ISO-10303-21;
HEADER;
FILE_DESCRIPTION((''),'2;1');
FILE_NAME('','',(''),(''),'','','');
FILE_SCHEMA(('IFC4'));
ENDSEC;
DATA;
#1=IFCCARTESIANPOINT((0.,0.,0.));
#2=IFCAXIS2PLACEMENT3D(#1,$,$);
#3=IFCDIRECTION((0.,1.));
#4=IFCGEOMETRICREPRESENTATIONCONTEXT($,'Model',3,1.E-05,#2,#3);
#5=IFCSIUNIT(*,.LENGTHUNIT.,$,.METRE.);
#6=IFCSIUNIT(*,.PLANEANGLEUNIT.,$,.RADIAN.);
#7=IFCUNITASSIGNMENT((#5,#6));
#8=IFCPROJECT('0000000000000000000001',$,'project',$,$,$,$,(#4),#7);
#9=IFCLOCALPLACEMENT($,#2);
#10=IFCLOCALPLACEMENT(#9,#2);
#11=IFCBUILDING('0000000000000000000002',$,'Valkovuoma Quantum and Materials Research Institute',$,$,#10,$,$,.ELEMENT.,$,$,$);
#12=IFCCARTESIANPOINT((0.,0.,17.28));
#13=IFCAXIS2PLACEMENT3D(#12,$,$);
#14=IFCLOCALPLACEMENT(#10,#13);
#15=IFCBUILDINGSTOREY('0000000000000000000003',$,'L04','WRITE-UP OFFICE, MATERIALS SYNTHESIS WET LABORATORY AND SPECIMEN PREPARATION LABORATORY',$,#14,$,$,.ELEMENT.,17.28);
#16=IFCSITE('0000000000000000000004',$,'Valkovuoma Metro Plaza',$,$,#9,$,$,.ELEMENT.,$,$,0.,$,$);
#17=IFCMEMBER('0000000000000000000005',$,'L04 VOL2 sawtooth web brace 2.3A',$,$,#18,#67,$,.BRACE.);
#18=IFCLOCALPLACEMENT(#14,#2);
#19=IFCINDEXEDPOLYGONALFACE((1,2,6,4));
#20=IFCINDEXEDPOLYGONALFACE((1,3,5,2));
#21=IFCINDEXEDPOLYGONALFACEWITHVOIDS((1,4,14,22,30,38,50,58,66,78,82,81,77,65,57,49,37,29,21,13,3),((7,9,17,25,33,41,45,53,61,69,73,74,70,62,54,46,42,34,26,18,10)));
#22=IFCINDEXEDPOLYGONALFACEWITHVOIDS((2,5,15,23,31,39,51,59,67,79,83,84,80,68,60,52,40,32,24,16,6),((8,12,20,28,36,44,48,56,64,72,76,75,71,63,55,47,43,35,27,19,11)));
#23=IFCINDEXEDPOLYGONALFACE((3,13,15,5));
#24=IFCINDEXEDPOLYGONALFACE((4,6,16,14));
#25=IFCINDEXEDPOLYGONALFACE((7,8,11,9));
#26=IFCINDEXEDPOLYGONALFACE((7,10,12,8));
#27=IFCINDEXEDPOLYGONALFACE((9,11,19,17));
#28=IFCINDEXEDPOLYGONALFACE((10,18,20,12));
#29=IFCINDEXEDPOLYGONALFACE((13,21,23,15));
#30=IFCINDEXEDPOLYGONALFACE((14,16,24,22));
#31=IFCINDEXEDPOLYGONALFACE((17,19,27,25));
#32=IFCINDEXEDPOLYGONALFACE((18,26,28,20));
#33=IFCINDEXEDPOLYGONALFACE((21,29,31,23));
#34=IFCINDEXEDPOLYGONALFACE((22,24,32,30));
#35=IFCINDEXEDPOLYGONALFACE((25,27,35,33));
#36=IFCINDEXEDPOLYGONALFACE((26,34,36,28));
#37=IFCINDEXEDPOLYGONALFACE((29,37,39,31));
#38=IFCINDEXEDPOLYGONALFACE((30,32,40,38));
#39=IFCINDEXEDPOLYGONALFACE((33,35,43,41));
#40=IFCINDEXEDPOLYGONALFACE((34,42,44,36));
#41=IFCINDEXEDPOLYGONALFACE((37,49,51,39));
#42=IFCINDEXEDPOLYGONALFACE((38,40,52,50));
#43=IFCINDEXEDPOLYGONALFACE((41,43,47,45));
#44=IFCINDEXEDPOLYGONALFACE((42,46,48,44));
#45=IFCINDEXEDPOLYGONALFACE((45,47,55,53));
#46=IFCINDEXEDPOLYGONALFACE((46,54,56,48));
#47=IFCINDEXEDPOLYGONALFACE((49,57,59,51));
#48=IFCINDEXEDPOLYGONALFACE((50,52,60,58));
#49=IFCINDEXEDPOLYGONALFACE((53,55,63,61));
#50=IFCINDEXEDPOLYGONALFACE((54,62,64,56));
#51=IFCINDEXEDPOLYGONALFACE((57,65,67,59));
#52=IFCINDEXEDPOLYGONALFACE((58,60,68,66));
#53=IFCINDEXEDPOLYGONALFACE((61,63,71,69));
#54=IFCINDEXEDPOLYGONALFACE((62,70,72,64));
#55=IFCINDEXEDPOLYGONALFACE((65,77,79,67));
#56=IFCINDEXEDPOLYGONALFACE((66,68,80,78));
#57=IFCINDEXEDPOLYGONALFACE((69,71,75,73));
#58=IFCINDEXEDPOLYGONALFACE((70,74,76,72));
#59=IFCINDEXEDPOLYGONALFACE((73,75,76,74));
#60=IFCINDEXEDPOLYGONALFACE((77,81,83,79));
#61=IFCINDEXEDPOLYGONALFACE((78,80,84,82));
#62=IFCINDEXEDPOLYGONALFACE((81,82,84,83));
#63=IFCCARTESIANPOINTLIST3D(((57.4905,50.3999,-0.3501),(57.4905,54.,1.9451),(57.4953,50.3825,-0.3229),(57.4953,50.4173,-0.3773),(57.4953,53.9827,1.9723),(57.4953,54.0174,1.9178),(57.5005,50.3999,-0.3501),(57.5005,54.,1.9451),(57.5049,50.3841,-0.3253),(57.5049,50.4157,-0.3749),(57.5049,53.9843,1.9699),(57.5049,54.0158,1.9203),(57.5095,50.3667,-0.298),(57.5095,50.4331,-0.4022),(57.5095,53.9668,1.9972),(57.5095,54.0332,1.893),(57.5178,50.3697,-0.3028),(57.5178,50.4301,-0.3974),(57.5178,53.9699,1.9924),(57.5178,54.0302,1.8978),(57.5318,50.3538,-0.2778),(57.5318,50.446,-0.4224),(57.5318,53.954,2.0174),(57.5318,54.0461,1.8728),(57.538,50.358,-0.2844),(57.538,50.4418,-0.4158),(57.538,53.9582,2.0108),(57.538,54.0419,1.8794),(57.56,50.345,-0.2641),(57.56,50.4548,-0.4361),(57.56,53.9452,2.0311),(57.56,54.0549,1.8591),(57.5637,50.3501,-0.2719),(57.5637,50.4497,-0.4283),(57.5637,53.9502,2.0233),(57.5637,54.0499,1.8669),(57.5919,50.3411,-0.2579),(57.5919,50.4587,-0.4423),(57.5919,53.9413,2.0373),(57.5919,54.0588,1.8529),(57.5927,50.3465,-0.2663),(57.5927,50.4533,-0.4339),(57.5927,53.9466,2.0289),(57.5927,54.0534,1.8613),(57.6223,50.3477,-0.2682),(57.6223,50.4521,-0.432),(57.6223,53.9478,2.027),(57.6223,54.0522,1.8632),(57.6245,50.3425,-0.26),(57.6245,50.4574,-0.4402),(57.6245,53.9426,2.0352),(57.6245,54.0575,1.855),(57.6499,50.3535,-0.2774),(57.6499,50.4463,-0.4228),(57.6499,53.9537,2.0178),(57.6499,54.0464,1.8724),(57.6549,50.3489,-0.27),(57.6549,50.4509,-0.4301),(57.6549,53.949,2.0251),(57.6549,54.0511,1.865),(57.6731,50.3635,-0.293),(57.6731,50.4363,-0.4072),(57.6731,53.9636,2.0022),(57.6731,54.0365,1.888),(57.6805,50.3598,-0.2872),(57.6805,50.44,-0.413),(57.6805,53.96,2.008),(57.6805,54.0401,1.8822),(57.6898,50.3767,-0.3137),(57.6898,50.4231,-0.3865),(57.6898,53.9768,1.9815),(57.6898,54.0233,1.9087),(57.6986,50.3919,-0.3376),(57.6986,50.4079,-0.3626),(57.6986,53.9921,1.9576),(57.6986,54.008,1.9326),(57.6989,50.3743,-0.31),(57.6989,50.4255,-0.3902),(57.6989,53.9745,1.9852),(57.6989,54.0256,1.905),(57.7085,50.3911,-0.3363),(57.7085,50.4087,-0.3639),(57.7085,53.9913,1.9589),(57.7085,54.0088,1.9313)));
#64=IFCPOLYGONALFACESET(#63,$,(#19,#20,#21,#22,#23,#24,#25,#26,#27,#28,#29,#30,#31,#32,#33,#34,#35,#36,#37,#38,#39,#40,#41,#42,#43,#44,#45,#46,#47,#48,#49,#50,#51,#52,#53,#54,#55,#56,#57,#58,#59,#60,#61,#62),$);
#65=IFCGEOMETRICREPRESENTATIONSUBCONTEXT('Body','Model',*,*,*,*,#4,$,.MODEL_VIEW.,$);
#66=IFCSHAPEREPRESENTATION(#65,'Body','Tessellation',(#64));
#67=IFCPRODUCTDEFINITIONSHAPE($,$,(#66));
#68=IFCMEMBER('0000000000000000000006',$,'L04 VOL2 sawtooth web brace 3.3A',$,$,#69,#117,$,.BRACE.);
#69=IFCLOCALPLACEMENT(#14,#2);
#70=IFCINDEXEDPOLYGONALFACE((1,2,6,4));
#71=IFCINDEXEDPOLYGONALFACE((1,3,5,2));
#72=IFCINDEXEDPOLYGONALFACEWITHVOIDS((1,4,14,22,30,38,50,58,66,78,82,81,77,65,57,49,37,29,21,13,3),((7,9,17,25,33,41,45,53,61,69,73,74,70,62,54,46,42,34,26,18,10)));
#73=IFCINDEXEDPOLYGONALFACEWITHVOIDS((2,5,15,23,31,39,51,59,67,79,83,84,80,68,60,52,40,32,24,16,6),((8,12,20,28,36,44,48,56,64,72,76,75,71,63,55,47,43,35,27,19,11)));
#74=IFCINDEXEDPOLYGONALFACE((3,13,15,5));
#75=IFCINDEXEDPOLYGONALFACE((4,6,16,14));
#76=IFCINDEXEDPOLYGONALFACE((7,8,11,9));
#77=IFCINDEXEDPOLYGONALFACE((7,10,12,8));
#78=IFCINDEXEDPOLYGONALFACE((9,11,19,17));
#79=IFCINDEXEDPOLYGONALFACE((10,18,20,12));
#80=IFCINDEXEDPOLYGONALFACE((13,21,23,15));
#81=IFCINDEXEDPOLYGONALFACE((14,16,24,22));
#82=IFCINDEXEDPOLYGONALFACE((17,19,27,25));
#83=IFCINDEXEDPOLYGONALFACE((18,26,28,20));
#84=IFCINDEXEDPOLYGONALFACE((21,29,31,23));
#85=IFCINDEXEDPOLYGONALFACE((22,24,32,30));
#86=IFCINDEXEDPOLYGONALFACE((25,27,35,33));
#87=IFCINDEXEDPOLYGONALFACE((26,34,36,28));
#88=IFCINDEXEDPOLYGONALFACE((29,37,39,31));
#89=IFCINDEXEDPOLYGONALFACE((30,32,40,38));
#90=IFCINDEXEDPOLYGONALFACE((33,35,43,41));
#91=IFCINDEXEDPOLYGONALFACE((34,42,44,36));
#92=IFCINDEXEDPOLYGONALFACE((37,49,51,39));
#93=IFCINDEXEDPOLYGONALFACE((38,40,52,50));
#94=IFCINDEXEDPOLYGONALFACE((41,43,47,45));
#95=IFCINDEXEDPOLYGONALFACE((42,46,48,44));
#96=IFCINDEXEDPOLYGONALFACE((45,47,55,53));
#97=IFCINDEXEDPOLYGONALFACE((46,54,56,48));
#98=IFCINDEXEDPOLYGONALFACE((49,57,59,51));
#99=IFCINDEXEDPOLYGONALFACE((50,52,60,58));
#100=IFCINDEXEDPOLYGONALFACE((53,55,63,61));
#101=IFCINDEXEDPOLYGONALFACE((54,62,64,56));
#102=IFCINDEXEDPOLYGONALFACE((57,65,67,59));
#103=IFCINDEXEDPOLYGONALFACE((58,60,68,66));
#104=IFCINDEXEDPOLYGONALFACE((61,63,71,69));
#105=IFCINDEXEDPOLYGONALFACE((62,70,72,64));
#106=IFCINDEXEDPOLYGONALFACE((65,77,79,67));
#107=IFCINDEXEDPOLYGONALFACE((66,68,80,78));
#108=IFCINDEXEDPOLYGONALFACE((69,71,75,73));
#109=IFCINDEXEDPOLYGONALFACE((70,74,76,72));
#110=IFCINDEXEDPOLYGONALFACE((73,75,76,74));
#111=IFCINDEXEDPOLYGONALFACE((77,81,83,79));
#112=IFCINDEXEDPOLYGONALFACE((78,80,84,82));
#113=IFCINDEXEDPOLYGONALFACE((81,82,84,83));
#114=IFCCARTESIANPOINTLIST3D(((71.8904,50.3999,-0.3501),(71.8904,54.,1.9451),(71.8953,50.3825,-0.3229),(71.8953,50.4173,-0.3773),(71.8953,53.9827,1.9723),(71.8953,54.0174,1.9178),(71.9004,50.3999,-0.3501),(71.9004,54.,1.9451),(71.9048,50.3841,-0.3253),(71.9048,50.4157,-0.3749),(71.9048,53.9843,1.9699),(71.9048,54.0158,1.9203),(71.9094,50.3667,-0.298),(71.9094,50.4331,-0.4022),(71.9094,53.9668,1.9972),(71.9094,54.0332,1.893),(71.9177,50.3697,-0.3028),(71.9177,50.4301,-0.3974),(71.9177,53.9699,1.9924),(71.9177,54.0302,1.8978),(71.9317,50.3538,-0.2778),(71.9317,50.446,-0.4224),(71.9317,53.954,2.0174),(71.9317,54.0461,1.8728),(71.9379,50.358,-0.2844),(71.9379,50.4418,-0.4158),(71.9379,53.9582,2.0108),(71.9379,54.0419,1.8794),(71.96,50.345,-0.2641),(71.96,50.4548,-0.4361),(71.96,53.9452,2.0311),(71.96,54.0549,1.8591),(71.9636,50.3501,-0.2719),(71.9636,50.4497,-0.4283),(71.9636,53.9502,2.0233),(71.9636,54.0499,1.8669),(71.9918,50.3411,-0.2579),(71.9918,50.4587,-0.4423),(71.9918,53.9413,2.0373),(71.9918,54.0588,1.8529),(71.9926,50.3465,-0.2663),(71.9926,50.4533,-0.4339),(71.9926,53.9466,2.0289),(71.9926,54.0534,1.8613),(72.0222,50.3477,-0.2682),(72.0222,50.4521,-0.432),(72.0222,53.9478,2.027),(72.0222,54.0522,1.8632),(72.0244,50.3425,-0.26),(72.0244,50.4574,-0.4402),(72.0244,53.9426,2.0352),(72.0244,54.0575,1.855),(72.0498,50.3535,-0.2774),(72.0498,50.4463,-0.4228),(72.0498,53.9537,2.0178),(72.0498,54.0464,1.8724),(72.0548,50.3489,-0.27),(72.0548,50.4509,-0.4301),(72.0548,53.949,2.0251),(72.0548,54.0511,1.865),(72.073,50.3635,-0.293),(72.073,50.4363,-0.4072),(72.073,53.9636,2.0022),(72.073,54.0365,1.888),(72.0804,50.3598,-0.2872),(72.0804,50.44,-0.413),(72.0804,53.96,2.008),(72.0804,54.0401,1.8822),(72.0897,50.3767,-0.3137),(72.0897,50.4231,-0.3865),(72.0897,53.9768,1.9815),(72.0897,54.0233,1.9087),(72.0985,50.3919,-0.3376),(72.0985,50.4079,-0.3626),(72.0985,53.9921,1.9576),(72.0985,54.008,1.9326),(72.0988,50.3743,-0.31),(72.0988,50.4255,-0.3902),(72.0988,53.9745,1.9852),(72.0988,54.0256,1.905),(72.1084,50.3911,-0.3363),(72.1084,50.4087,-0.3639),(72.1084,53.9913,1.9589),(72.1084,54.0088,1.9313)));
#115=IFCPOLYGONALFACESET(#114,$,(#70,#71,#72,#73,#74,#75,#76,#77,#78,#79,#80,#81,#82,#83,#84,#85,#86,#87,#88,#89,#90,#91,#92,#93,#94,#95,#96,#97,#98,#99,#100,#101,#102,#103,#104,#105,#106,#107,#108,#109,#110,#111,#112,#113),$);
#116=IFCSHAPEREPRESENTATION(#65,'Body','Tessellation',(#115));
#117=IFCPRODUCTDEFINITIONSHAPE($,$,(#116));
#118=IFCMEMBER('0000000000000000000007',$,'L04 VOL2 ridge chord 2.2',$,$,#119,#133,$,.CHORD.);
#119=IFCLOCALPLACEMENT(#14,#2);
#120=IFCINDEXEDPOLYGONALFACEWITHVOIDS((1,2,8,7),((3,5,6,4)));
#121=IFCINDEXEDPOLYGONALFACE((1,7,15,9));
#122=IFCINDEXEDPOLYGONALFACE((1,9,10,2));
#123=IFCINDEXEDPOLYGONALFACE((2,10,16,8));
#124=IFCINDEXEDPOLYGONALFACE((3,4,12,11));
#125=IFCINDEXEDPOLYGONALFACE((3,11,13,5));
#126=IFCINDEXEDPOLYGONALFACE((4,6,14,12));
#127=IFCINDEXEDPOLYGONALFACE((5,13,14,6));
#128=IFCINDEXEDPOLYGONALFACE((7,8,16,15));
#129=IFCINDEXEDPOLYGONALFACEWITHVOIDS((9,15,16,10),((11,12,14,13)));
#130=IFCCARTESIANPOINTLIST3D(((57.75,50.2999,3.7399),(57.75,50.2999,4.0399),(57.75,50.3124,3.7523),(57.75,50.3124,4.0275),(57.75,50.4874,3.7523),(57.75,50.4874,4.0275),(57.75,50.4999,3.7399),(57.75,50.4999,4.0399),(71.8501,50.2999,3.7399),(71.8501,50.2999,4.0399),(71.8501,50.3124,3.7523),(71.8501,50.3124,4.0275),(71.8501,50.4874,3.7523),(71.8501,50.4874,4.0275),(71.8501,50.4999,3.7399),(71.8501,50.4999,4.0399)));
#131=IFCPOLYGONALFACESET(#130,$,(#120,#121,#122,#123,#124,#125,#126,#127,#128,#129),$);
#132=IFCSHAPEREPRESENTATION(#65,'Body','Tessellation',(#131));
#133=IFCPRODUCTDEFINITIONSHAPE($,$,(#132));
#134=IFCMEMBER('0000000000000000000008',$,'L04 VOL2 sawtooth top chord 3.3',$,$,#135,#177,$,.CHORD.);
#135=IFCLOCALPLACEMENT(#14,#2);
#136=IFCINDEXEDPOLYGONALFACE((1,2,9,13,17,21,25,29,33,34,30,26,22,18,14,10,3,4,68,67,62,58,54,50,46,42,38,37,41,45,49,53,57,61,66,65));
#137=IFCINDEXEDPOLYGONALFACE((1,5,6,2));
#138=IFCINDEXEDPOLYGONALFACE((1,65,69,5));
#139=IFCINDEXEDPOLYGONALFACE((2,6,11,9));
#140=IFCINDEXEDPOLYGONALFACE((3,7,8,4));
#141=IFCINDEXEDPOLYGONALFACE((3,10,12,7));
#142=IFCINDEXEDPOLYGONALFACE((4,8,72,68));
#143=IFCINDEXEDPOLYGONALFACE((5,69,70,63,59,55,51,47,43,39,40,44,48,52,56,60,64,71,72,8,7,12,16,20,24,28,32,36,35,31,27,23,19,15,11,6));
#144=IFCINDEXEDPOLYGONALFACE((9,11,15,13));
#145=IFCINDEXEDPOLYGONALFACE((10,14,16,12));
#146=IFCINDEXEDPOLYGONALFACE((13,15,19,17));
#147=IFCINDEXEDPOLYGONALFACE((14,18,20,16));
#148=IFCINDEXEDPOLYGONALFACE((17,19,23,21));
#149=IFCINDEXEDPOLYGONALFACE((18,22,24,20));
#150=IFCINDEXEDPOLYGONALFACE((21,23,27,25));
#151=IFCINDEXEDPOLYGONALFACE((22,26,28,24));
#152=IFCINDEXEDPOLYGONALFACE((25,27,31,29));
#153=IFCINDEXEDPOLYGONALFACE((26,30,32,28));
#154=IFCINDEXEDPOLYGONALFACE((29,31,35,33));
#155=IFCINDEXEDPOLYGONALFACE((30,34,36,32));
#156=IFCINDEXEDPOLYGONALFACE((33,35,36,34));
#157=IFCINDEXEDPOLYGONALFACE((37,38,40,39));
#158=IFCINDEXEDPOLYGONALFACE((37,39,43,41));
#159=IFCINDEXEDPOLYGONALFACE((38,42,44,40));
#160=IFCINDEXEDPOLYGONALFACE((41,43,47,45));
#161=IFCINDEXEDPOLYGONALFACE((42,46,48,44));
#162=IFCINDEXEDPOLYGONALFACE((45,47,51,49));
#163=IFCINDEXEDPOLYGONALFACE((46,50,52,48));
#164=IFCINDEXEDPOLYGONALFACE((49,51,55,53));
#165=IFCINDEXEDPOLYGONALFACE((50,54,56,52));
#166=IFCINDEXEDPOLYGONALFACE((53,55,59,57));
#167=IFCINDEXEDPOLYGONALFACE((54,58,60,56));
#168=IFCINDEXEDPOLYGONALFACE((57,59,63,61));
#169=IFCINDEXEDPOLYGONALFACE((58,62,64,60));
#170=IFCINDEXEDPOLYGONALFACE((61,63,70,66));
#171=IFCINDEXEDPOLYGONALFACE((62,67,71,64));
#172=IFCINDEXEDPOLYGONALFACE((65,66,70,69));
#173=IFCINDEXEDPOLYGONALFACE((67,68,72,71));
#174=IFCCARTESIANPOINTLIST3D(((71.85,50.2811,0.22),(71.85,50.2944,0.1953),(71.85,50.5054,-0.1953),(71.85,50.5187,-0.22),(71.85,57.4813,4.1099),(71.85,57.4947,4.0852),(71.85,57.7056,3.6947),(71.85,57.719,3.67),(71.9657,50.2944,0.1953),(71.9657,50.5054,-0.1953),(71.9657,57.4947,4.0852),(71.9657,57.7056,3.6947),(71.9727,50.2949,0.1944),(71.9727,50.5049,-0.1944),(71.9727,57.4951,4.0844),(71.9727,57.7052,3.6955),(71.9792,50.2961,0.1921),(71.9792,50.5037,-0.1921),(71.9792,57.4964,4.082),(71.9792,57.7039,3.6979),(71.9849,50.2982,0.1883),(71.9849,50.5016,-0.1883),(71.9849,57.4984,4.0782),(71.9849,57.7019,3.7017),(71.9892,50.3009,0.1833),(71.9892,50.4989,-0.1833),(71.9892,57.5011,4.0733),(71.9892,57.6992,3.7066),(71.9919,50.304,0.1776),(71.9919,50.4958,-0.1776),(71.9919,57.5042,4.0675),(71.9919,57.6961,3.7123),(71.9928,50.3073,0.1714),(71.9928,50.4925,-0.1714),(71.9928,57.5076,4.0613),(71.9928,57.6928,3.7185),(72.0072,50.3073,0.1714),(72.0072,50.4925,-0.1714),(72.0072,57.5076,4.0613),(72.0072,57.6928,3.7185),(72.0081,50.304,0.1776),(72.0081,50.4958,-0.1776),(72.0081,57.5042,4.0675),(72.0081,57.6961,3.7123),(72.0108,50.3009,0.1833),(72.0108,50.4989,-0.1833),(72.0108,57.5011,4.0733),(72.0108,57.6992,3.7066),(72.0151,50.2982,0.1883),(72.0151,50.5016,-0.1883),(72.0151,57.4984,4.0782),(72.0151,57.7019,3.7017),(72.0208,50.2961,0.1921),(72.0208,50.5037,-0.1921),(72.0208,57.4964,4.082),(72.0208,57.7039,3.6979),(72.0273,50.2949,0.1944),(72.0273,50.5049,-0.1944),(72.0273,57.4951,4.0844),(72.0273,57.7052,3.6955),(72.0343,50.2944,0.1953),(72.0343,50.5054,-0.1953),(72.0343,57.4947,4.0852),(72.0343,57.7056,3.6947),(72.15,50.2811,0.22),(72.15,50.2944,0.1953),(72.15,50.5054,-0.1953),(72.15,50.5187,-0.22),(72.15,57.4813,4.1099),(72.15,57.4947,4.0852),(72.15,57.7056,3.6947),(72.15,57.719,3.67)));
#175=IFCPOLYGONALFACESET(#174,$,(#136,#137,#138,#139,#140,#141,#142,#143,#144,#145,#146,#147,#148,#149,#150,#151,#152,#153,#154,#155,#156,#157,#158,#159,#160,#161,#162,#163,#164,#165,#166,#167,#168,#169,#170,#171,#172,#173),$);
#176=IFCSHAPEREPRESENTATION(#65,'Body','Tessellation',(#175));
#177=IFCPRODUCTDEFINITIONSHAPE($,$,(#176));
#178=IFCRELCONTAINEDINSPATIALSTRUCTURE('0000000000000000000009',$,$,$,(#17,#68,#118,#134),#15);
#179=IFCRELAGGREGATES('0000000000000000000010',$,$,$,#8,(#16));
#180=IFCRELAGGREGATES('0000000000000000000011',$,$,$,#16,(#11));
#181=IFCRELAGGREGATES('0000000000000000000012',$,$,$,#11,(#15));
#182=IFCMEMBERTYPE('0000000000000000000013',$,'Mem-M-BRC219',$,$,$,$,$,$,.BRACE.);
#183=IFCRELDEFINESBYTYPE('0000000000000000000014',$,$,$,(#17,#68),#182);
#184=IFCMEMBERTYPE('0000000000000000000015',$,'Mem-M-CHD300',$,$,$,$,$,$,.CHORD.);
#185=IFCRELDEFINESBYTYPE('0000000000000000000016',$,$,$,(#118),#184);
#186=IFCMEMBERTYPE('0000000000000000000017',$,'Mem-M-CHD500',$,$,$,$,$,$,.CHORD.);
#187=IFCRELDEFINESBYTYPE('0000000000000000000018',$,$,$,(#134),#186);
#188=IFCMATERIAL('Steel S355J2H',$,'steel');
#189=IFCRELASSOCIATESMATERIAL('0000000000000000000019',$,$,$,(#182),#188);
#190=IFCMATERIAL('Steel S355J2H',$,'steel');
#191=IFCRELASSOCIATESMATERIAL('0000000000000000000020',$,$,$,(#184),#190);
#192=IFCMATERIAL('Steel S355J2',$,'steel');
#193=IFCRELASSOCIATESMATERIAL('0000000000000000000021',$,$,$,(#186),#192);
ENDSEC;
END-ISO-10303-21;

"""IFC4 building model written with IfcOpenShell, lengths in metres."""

from ifc_helpers import new_model, si_unit, direction, frame, origin, origin_2d, place, context, subcontext, project, spatial, hollow_rectangle, hollow_circle, i_section, extrude, material, material_profile, profile_set, type_object, element, save


model = new_model("IFC4")

# Units and contexts
model_context = context("Model", 3, precision=1e-05, world=origin(), true_north=direction((0.0, 1.0)))
body_context = subcontext(model_context, "Body", "Model", "MODEL_VIEW")
ifc_project = project(units=[si_unit("LENGTHUNIT", "METRE"), si_unit("PLANEANGLEUNIT", "RADIAN")], contexts=[model_context])

# Site, building, storey
site_placement = place(None, origin())
site = spatial("IfcSite", under=ifc_project, at=site_placement, Name="Valkovuoma Metro Plaza", CompositionType="ELEMENT", RefElevation=0.0)
building_placement = place(site_placement, origin())
building = spatial("IfcBuilding", under=site, at=building_placement, Name="Valkovuoma Quantum and Materials Research Institute", CompositionType="ELEMENT")
storey_placement = place(building_placement, frame((0.0, 0.0, 17.28)))
storey = spatial("IfcBuildingStorey", under=building, at=storey_placement, Name="L04", Description="WRITE-UP OFFICE, MATERIALS SYNTHESIS WET LABORATORY AND SPECIMEN PREPARATION LABORATORY", CompositionType="ELEMENT", Elevation=17.28)

# Members
ifc_material_1 = material(Name="Steel S355J2H", Category="steel")
ifc_material_profile_1 = material_profile(ifc_material_1, hollow_circle(Radius=0.1096, WallThickness=0.01, at=origin_2d()), Name="Steel S355J2H")
ifc_profile_set_1 = profile_set([ifc_material_profile_1], Name="Steel S355J2H")
member_type_1 = type_object("IfcMemberType", Name="Mem-M-BRC219", PredefinedType="BRACE", material=ifc_profile_set_1)
for number, where, z_axis, x_axis, name in (
    (1, (57.6001, 50.3999, -0.3501), (0.0, 0.843216, 0.537575), (-1.0, 0.0, 0.0), "L04 VOL2 sawtooth web brace 2.3A"),
    (2, (72.0, 50.3999, -0.3501), (0.0, 0.843216, 0.537575), (-1.0, 0.0, 0.0), "L04 VOL2 sawtooth web brace 3.3A"),
):
    element("IfcMember", number, at=place(storey_placement, frame(where, z_axis=z_axis, x_axis=x_axis)), inside=storey, type_object=member_type_1, Name=name, PredefinedType="BRACE", context=body_context, shape_type="SweptSolid", body=[
        extrude(hollow_circle(Radius=0.1096, WallThickness=0.01, at=origin_2d()), origin(), (0.0, 0.0, 1.0), 4.2695),
    ])
ifc_material_2 = material(Name="Steel S355J2H", Category="steel")
ifc_material_profile_2 = material_profile(ifc_material_2, hollow_rectangle(XDim=0.2, YDim=0.3, WallThickness=0.0125, at=origin_2d()), Name="Steel S355J2H")
ifc_profile_set_2 = profile_set([ifc_material_profile_2], Name="Steel S355J2H")
member_type_2 = type_object("IfcMemberType", Name="Mem-M-CHD300", PredefinedType="CHORD", material=ifc_profile_set_2)
member_1_placement = place(storey_placement, frame((57.75, 50.3999, 3.8899), z_axis=(1.0, 0.0, 0.0), x_axis=(0.0, 1.0, 0.0)))
element("IfcMember", 3, at=member_1_placement, inside=storey, type_object=member_type_2, Name="L04 VOL2 ridge chord 2.2", PredefinedType="CHORD", context=body_context, shape_type="SweptSolid", body=[
    extrude(hollow_rectangle(XDim=0.2, YDim=0.3, WallThickness=0.0125, at=origin_2d()), origin(), (0.0, 0.0, 1.0), 14.1001),
])
ifc_material_3 = material(Name="Steel S355J2", Category="steel")
ifc_material_profile_3 = material_profile(ifc_material_3, i_section(OverallWidth=0.3, OverallDepth=0.5, WebThickness=0.0144, FlangeThickness=0.0281, FilletRadius=0.0271, at=origin_2d()), Name="Steel S355J2")
ifc_profile_set_3 = profile_set([ifc_material_profile_3], Name="Steel S355J2")
member_type_3 = type_object("IfcMemberType", Name="Mem-M-CHD500", PredefinedType="CHORD", material=ifc_profile_set_3)
member_2_placement = place(storey_placement, frame((72.0, 50.3999, 0.0), z_axis=(0.0, 0.879814, 0.475318), x_axis=(-1.0, 0.0, 0.0)))
element("IfcMember", 4, at=member_2_placement, inside=storey, type_object=member_type_3, Name="L04 VOL2 sawtooth top chord 3.3", PredefinedType="CHORD", context=body_context, shape_type="SweptSolid", body=[
    extrude(i_section(OverallWidth=0.3, OverallDepth=0.5, WebThickness=0.0144, FlangeThickness=0.0281, FilletRadius=0.0271, at=origin_2d()), origin(), (0.0, 0.0, 1.0), 8.1838),
])

save(model, "model.ifc")
